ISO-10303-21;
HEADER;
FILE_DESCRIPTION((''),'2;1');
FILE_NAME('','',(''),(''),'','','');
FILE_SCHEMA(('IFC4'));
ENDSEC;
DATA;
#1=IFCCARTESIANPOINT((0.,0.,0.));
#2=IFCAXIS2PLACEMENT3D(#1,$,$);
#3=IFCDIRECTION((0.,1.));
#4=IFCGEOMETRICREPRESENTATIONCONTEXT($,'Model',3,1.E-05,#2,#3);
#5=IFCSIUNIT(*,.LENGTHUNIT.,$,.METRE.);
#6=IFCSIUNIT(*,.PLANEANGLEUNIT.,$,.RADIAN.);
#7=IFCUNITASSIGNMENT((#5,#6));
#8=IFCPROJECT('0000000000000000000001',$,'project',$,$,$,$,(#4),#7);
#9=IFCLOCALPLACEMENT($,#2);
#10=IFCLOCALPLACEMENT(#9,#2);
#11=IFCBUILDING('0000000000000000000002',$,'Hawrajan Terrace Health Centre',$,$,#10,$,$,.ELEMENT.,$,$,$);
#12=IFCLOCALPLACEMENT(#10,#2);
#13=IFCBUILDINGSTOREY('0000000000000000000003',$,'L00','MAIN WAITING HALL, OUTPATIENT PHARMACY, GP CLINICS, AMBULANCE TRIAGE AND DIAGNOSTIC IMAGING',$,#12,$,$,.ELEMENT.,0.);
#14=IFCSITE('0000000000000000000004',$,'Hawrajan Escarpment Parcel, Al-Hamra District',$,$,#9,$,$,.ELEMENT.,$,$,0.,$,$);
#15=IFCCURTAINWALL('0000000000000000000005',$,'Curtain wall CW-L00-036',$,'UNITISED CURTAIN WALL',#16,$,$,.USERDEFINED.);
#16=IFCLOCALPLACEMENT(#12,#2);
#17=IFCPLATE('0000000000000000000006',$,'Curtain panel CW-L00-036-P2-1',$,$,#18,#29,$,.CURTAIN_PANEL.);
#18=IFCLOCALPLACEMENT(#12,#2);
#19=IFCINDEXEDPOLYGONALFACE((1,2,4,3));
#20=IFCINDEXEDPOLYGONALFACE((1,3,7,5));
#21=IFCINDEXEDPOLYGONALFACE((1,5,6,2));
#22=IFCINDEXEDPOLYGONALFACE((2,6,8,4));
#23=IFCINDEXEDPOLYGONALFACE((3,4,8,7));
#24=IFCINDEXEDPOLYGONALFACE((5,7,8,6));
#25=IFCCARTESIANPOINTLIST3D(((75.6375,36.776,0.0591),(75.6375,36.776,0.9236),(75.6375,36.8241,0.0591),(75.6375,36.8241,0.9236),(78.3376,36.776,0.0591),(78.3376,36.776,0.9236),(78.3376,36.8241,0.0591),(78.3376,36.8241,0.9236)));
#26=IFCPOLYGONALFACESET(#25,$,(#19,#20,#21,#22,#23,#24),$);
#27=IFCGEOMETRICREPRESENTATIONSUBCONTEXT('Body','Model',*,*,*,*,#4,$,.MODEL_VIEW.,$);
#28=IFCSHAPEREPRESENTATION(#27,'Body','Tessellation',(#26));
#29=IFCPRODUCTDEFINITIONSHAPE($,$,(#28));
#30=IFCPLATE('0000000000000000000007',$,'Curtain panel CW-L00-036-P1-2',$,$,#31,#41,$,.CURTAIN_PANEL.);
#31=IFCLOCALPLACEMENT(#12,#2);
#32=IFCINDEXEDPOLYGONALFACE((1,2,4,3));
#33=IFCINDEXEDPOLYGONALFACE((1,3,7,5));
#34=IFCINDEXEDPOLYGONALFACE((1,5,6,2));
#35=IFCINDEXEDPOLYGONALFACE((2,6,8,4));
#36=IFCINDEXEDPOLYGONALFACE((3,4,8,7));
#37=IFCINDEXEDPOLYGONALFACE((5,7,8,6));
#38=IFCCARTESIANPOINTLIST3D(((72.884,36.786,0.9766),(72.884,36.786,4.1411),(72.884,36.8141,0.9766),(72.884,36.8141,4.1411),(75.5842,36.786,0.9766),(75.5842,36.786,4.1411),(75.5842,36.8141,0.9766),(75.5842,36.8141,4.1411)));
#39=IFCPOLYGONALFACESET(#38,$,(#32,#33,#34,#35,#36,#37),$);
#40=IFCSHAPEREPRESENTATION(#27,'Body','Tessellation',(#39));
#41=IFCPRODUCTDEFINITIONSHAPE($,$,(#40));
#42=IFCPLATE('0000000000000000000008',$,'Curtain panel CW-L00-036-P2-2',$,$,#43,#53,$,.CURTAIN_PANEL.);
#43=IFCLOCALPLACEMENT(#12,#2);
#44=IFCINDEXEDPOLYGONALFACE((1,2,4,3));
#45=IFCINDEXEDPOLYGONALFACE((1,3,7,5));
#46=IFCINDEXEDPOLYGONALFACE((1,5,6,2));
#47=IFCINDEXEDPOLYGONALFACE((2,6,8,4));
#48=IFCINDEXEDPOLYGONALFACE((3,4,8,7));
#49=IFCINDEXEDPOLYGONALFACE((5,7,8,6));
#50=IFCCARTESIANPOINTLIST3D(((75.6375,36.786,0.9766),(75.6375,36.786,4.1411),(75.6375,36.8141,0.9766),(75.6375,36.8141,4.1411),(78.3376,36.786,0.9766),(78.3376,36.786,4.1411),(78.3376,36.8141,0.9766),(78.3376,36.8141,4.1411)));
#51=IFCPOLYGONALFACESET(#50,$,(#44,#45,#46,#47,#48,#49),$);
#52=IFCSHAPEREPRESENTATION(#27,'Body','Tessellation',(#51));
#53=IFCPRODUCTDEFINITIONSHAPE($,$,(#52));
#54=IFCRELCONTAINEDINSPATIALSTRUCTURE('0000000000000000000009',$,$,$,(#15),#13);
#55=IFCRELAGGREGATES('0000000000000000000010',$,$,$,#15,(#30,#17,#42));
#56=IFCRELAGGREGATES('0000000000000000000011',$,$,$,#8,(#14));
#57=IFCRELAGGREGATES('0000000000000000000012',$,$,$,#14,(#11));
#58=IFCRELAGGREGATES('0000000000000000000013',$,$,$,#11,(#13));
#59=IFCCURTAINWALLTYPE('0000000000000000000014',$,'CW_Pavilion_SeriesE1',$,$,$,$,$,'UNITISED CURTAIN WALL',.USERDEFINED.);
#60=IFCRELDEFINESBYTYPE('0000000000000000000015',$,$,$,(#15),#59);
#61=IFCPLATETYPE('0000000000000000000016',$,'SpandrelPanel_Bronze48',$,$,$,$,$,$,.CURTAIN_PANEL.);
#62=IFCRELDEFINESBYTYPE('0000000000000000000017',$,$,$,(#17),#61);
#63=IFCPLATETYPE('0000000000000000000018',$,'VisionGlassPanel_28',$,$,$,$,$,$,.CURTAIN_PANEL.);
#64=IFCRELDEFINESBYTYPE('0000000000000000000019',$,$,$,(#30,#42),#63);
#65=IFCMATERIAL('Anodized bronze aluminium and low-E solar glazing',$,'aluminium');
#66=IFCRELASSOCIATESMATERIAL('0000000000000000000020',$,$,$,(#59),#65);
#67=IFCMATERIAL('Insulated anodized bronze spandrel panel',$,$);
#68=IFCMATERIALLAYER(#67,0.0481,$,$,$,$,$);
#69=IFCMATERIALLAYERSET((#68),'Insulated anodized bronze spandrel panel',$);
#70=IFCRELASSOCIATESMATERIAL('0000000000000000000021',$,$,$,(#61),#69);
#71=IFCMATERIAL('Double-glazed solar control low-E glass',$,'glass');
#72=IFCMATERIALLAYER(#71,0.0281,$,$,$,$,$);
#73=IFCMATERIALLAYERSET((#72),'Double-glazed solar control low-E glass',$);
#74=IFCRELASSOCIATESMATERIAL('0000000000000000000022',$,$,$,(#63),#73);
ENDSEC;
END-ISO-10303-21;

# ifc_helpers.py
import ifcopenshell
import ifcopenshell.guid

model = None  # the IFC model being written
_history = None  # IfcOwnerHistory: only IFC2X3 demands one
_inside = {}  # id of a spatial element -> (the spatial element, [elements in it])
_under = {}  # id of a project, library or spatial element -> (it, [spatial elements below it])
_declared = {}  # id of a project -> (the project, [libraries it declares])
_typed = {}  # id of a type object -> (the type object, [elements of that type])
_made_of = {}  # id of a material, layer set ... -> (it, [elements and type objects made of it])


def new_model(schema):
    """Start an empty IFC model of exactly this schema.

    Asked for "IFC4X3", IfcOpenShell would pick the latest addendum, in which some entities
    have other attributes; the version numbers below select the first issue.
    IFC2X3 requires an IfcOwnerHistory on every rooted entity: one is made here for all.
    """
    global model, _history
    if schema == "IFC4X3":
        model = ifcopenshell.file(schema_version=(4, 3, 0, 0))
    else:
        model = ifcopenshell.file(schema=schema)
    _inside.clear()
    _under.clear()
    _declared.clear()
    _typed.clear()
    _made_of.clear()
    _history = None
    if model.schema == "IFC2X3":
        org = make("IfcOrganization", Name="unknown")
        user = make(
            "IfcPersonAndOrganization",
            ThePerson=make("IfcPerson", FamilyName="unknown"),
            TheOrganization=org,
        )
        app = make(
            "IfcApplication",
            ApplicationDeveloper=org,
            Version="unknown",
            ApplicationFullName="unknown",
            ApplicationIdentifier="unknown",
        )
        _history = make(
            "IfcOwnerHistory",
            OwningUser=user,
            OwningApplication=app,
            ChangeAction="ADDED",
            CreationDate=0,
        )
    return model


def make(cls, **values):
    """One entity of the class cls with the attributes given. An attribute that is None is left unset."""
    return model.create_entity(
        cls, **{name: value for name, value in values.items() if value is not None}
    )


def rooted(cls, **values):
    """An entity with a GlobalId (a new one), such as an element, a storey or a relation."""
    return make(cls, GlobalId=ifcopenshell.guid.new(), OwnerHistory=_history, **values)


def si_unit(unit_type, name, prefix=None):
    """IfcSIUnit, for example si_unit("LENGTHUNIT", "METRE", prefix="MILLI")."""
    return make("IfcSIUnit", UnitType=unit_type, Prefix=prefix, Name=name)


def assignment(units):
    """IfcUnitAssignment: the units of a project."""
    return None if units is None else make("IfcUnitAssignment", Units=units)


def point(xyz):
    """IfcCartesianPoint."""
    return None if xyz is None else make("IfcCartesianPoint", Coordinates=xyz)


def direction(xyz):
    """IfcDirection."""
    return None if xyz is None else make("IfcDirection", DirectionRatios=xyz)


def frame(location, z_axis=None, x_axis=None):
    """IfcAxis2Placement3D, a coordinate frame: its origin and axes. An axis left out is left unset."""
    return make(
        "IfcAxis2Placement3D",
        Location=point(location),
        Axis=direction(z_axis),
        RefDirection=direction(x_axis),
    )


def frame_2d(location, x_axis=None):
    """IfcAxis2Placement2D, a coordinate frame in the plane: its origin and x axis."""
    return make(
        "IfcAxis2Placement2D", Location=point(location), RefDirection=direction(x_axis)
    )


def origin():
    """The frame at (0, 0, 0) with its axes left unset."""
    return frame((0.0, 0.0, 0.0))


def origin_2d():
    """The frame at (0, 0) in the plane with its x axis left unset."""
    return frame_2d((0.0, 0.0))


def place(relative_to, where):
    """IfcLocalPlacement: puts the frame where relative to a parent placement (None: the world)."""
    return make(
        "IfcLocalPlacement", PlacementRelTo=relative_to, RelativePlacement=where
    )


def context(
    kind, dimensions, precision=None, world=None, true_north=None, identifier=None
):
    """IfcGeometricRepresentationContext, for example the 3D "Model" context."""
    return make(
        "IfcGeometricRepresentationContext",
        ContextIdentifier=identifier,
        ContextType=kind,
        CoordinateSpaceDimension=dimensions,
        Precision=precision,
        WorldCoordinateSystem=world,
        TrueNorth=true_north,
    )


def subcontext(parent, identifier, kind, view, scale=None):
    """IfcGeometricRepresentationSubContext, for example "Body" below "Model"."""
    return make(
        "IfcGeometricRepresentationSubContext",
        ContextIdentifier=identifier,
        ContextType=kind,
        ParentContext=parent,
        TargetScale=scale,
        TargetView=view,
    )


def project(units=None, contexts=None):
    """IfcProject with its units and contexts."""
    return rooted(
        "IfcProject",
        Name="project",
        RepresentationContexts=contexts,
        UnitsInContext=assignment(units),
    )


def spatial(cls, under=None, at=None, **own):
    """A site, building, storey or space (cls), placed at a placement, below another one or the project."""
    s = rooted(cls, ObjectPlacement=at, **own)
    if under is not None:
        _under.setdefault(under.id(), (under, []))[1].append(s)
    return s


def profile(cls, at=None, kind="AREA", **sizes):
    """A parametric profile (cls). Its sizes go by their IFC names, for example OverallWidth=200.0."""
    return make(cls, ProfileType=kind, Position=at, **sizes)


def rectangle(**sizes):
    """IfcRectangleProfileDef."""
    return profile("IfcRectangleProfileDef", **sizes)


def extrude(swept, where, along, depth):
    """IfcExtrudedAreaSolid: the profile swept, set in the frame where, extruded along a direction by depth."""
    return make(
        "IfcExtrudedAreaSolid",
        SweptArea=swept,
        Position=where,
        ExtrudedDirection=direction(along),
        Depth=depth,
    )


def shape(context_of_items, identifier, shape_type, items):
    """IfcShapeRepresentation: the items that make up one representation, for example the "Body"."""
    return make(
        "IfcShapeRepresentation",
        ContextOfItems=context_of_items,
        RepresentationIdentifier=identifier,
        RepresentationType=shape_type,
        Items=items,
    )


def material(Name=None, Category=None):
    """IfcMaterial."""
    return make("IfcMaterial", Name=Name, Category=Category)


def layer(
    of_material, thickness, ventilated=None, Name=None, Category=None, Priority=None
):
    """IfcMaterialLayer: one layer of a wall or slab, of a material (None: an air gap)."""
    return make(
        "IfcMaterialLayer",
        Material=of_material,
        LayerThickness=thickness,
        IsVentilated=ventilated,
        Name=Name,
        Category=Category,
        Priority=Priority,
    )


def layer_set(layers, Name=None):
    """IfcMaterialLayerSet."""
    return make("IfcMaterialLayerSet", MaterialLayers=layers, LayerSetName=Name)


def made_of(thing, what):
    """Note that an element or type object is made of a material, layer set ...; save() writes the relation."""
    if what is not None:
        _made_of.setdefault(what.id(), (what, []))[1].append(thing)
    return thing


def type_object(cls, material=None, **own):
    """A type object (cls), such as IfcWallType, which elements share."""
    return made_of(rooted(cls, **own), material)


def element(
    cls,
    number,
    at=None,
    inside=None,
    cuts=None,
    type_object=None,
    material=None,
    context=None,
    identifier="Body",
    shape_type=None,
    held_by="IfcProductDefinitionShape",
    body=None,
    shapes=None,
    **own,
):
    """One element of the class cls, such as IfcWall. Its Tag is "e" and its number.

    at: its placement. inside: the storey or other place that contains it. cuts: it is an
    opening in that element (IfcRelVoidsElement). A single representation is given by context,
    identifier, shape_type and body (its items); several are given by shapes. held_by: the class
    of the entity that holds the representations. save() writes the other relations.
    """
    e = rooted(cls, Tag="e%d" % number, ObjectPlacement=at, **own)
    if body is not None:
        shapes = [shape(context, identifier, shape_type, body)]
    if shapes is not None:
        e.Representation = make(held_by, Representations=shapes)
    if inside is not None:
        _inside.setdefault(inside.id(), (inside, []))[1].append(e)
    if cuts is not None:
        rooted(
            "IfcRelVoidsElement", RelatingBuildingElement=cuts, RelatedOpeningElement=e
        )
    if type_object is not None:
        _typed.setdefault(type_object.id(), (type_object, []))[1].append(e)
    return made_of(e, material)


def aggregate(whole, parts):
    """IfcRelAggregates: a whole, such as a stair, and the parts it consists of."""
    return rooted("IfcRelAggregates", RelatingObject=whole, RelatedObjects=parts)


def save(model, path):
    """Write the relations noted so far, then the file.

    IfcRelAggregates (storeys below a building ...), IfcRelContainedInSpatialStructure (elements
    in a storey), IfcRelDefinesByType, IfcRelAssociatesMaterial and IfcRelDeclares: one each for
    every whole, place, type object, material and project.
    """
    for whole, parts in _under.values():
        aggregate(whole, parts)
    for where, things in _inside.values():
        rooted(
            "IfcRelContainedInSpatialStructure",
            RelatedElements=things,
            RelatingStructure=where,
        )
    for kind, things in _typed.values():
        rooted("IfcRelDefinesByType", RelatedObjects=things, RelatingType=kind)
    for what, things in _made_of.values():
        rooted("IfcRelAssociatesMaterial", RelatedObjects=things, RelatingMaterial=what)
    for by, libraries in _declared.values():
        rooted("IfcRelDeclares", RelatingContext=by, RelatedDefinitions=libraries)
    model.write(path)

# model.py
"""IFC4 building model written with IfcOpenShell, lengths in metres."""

from ifc_helpers import new_model, si_unit, direction, frame, origin, origin_2d, place, context, subcontext, project, spatial, rectangle, extrude, material, layer, layer_set, type_object, element, aggregate, save


model = new_model("IFC4")

# Units and contexts
model_context = context("Model", 3, precision=1e-05, world=origin(), true_north=direction((0.0, 1.0)))
body_context = subcontext(model_context, "Body", "Model", "MODEL_VIEW")
ifc_project = project(units=[si_unit("LENGTHUNIT", "METRE"), si_unit("PLANEANGLEUNIT", "RADIAN")], contexts=[model_context])

# Site, building, storey
site_placement = place(None, origin())
site = spatial("IfcSite", under=ifc_project, at=site_placement, Name="Hawrajan Escarpment Parcel, Al-Hamra District", CompositionType="ELEMENT", RefElevation=0.0)
building_placement = place(site_placement, origin())
building = spatial("IfcBuilding", under=site, at=building_placement, Name="Hawrajan Terrace Health Centre", CompositionType="ELEMENT")
storey_placement = place(building_placement, origin())
storey = spatial("IfcBuildingStorey", under=building, at=storey_placement, Name="L00", Description="MAIN WAITING HALL, OUTPATIENT PHARMACY, GP CLINICS, AMBULANCE TRIAGE AND DIAGNOSTIC IMAGING", CompositionType="ELEMENT", Elevation=0.0)

# Curtain wall
ifc_material_1 = material(Name="Anodized bronze aluminium and low-E solar glazing", Category="aluminium")
curtain_wall_type_1 = type_object("IfcCurtainWallType", Name="CW_Pavilion_SeriesE1", ElementType="UNITISED CURTAIN WALL", PredefinedType="USERDEFINED", material=ifc_material_1)
curtain_wall_1_placement = place(storey_placement, origin())
curtain_wall_1 = element("IfcCurtainWall", 1, at=curtain_wall_1_placement, inside=storey, type_object=curtain_wall_type_1, Name="Curtain wall CW-L00-036", ObjectType="UNITISED CURTAIN WALL", PredefinedType="USERDEFINED")

# Plates
ifc_material_2 = material(Name="Insulated anodized bronze spandrel panel")
ifc_layer_1 = layer(ifc_material_2, 0.0481)
ifc_layer_set_1 = layer_set([ifc_layer_1], Name="Insulated anodized bronze spandrel panel")
plate_type_1 = type_object("IfcPlateType", Name="SpandrelPanel_Bronze48", PredefinedType="CURTAIN_PANEL", material=ifc_layer_set_1)
plate_1_placement = place(storey_placement, frame((76.9875, 36.8, 0.0591), z_axis=(0.0, 0.0, 1.0), x_axis=(1.0, 0.0, 0.0)))
plate_1 = element("IfcPlate", 2, at=plate_1_placement, type_object=plate_type_1, Name="Curtain panel CW-L00-036-P2-1", PredefinedType="CURTAIN_PANEL", context=body_context, shape_type="SweptSolid", body=[
    extrude(rectangle(XDim=2.7002, YDim=0.0481, at=origin_2d()), origin(), (0.0, 0.0, 1.0), 0.8645),
])
ifc_material_3 = material(Name="Double-glazed solar control low-E glass", Category="glass")
ifc_layer_2 = layer(ifc_material_3, 0.0281)
ifc_layer_set_2 = layer_set([ifc_layer_2], Name="Double-glazed solar control low-E glass")
plate_type_2 = type_object("IfcPlateType", Name="VisionGlassPanel_28", PredefinedType="CURTAIN_PANEL", material=ifc_layer_set_2)
plate_2_placement = place(storey_placement, frame((74.2341, 36.8, 0.9766), z_axis=(0.0, 0.0, 1.0), x_axis=(1.0, 0.0, 0.0)))
plate_2 = element("IfcPlate", 3, at=plate_2_placement, type_object=plate_type_2, Name="Curtain panel CW-L00-036-P1-2", PredefinedType="CURTAIN_PANEL", context=body_context, shape_type="SweptSolid", body=[
    extrude(rectangle(XDim=2.7002, YDim=0.0281, at=origin_2d()), origin(), (0.0, 0.0, 1.0), 3.1646),
])
plate_3_placement = place(storey_placement, frame((76.9875, 36.8, 0.9766), z_axis=(0.0, 0.0, 1.0), x_axis=(1.0, 0.0, 0.0)))
plate_3 = element("IfcPlate", 4, at=plate_3_placement, type_object=plate_type_2, Name="Curtain panel CW-L00-036-P2-2", PredefinedType="CURTAIN_PANEL", context=body_context, shape_type="SweptSolid", body=[
    extrude(rectangle(XDim=2.7002, YDim=0.0281, at=origin_2d()), origin(), (0.0, 0.0, 1.0), 3.1646),
])
aggregate(curtain_wall_1, [plate_2, plate_1, plate_3])

save(model, "model.ifc")
